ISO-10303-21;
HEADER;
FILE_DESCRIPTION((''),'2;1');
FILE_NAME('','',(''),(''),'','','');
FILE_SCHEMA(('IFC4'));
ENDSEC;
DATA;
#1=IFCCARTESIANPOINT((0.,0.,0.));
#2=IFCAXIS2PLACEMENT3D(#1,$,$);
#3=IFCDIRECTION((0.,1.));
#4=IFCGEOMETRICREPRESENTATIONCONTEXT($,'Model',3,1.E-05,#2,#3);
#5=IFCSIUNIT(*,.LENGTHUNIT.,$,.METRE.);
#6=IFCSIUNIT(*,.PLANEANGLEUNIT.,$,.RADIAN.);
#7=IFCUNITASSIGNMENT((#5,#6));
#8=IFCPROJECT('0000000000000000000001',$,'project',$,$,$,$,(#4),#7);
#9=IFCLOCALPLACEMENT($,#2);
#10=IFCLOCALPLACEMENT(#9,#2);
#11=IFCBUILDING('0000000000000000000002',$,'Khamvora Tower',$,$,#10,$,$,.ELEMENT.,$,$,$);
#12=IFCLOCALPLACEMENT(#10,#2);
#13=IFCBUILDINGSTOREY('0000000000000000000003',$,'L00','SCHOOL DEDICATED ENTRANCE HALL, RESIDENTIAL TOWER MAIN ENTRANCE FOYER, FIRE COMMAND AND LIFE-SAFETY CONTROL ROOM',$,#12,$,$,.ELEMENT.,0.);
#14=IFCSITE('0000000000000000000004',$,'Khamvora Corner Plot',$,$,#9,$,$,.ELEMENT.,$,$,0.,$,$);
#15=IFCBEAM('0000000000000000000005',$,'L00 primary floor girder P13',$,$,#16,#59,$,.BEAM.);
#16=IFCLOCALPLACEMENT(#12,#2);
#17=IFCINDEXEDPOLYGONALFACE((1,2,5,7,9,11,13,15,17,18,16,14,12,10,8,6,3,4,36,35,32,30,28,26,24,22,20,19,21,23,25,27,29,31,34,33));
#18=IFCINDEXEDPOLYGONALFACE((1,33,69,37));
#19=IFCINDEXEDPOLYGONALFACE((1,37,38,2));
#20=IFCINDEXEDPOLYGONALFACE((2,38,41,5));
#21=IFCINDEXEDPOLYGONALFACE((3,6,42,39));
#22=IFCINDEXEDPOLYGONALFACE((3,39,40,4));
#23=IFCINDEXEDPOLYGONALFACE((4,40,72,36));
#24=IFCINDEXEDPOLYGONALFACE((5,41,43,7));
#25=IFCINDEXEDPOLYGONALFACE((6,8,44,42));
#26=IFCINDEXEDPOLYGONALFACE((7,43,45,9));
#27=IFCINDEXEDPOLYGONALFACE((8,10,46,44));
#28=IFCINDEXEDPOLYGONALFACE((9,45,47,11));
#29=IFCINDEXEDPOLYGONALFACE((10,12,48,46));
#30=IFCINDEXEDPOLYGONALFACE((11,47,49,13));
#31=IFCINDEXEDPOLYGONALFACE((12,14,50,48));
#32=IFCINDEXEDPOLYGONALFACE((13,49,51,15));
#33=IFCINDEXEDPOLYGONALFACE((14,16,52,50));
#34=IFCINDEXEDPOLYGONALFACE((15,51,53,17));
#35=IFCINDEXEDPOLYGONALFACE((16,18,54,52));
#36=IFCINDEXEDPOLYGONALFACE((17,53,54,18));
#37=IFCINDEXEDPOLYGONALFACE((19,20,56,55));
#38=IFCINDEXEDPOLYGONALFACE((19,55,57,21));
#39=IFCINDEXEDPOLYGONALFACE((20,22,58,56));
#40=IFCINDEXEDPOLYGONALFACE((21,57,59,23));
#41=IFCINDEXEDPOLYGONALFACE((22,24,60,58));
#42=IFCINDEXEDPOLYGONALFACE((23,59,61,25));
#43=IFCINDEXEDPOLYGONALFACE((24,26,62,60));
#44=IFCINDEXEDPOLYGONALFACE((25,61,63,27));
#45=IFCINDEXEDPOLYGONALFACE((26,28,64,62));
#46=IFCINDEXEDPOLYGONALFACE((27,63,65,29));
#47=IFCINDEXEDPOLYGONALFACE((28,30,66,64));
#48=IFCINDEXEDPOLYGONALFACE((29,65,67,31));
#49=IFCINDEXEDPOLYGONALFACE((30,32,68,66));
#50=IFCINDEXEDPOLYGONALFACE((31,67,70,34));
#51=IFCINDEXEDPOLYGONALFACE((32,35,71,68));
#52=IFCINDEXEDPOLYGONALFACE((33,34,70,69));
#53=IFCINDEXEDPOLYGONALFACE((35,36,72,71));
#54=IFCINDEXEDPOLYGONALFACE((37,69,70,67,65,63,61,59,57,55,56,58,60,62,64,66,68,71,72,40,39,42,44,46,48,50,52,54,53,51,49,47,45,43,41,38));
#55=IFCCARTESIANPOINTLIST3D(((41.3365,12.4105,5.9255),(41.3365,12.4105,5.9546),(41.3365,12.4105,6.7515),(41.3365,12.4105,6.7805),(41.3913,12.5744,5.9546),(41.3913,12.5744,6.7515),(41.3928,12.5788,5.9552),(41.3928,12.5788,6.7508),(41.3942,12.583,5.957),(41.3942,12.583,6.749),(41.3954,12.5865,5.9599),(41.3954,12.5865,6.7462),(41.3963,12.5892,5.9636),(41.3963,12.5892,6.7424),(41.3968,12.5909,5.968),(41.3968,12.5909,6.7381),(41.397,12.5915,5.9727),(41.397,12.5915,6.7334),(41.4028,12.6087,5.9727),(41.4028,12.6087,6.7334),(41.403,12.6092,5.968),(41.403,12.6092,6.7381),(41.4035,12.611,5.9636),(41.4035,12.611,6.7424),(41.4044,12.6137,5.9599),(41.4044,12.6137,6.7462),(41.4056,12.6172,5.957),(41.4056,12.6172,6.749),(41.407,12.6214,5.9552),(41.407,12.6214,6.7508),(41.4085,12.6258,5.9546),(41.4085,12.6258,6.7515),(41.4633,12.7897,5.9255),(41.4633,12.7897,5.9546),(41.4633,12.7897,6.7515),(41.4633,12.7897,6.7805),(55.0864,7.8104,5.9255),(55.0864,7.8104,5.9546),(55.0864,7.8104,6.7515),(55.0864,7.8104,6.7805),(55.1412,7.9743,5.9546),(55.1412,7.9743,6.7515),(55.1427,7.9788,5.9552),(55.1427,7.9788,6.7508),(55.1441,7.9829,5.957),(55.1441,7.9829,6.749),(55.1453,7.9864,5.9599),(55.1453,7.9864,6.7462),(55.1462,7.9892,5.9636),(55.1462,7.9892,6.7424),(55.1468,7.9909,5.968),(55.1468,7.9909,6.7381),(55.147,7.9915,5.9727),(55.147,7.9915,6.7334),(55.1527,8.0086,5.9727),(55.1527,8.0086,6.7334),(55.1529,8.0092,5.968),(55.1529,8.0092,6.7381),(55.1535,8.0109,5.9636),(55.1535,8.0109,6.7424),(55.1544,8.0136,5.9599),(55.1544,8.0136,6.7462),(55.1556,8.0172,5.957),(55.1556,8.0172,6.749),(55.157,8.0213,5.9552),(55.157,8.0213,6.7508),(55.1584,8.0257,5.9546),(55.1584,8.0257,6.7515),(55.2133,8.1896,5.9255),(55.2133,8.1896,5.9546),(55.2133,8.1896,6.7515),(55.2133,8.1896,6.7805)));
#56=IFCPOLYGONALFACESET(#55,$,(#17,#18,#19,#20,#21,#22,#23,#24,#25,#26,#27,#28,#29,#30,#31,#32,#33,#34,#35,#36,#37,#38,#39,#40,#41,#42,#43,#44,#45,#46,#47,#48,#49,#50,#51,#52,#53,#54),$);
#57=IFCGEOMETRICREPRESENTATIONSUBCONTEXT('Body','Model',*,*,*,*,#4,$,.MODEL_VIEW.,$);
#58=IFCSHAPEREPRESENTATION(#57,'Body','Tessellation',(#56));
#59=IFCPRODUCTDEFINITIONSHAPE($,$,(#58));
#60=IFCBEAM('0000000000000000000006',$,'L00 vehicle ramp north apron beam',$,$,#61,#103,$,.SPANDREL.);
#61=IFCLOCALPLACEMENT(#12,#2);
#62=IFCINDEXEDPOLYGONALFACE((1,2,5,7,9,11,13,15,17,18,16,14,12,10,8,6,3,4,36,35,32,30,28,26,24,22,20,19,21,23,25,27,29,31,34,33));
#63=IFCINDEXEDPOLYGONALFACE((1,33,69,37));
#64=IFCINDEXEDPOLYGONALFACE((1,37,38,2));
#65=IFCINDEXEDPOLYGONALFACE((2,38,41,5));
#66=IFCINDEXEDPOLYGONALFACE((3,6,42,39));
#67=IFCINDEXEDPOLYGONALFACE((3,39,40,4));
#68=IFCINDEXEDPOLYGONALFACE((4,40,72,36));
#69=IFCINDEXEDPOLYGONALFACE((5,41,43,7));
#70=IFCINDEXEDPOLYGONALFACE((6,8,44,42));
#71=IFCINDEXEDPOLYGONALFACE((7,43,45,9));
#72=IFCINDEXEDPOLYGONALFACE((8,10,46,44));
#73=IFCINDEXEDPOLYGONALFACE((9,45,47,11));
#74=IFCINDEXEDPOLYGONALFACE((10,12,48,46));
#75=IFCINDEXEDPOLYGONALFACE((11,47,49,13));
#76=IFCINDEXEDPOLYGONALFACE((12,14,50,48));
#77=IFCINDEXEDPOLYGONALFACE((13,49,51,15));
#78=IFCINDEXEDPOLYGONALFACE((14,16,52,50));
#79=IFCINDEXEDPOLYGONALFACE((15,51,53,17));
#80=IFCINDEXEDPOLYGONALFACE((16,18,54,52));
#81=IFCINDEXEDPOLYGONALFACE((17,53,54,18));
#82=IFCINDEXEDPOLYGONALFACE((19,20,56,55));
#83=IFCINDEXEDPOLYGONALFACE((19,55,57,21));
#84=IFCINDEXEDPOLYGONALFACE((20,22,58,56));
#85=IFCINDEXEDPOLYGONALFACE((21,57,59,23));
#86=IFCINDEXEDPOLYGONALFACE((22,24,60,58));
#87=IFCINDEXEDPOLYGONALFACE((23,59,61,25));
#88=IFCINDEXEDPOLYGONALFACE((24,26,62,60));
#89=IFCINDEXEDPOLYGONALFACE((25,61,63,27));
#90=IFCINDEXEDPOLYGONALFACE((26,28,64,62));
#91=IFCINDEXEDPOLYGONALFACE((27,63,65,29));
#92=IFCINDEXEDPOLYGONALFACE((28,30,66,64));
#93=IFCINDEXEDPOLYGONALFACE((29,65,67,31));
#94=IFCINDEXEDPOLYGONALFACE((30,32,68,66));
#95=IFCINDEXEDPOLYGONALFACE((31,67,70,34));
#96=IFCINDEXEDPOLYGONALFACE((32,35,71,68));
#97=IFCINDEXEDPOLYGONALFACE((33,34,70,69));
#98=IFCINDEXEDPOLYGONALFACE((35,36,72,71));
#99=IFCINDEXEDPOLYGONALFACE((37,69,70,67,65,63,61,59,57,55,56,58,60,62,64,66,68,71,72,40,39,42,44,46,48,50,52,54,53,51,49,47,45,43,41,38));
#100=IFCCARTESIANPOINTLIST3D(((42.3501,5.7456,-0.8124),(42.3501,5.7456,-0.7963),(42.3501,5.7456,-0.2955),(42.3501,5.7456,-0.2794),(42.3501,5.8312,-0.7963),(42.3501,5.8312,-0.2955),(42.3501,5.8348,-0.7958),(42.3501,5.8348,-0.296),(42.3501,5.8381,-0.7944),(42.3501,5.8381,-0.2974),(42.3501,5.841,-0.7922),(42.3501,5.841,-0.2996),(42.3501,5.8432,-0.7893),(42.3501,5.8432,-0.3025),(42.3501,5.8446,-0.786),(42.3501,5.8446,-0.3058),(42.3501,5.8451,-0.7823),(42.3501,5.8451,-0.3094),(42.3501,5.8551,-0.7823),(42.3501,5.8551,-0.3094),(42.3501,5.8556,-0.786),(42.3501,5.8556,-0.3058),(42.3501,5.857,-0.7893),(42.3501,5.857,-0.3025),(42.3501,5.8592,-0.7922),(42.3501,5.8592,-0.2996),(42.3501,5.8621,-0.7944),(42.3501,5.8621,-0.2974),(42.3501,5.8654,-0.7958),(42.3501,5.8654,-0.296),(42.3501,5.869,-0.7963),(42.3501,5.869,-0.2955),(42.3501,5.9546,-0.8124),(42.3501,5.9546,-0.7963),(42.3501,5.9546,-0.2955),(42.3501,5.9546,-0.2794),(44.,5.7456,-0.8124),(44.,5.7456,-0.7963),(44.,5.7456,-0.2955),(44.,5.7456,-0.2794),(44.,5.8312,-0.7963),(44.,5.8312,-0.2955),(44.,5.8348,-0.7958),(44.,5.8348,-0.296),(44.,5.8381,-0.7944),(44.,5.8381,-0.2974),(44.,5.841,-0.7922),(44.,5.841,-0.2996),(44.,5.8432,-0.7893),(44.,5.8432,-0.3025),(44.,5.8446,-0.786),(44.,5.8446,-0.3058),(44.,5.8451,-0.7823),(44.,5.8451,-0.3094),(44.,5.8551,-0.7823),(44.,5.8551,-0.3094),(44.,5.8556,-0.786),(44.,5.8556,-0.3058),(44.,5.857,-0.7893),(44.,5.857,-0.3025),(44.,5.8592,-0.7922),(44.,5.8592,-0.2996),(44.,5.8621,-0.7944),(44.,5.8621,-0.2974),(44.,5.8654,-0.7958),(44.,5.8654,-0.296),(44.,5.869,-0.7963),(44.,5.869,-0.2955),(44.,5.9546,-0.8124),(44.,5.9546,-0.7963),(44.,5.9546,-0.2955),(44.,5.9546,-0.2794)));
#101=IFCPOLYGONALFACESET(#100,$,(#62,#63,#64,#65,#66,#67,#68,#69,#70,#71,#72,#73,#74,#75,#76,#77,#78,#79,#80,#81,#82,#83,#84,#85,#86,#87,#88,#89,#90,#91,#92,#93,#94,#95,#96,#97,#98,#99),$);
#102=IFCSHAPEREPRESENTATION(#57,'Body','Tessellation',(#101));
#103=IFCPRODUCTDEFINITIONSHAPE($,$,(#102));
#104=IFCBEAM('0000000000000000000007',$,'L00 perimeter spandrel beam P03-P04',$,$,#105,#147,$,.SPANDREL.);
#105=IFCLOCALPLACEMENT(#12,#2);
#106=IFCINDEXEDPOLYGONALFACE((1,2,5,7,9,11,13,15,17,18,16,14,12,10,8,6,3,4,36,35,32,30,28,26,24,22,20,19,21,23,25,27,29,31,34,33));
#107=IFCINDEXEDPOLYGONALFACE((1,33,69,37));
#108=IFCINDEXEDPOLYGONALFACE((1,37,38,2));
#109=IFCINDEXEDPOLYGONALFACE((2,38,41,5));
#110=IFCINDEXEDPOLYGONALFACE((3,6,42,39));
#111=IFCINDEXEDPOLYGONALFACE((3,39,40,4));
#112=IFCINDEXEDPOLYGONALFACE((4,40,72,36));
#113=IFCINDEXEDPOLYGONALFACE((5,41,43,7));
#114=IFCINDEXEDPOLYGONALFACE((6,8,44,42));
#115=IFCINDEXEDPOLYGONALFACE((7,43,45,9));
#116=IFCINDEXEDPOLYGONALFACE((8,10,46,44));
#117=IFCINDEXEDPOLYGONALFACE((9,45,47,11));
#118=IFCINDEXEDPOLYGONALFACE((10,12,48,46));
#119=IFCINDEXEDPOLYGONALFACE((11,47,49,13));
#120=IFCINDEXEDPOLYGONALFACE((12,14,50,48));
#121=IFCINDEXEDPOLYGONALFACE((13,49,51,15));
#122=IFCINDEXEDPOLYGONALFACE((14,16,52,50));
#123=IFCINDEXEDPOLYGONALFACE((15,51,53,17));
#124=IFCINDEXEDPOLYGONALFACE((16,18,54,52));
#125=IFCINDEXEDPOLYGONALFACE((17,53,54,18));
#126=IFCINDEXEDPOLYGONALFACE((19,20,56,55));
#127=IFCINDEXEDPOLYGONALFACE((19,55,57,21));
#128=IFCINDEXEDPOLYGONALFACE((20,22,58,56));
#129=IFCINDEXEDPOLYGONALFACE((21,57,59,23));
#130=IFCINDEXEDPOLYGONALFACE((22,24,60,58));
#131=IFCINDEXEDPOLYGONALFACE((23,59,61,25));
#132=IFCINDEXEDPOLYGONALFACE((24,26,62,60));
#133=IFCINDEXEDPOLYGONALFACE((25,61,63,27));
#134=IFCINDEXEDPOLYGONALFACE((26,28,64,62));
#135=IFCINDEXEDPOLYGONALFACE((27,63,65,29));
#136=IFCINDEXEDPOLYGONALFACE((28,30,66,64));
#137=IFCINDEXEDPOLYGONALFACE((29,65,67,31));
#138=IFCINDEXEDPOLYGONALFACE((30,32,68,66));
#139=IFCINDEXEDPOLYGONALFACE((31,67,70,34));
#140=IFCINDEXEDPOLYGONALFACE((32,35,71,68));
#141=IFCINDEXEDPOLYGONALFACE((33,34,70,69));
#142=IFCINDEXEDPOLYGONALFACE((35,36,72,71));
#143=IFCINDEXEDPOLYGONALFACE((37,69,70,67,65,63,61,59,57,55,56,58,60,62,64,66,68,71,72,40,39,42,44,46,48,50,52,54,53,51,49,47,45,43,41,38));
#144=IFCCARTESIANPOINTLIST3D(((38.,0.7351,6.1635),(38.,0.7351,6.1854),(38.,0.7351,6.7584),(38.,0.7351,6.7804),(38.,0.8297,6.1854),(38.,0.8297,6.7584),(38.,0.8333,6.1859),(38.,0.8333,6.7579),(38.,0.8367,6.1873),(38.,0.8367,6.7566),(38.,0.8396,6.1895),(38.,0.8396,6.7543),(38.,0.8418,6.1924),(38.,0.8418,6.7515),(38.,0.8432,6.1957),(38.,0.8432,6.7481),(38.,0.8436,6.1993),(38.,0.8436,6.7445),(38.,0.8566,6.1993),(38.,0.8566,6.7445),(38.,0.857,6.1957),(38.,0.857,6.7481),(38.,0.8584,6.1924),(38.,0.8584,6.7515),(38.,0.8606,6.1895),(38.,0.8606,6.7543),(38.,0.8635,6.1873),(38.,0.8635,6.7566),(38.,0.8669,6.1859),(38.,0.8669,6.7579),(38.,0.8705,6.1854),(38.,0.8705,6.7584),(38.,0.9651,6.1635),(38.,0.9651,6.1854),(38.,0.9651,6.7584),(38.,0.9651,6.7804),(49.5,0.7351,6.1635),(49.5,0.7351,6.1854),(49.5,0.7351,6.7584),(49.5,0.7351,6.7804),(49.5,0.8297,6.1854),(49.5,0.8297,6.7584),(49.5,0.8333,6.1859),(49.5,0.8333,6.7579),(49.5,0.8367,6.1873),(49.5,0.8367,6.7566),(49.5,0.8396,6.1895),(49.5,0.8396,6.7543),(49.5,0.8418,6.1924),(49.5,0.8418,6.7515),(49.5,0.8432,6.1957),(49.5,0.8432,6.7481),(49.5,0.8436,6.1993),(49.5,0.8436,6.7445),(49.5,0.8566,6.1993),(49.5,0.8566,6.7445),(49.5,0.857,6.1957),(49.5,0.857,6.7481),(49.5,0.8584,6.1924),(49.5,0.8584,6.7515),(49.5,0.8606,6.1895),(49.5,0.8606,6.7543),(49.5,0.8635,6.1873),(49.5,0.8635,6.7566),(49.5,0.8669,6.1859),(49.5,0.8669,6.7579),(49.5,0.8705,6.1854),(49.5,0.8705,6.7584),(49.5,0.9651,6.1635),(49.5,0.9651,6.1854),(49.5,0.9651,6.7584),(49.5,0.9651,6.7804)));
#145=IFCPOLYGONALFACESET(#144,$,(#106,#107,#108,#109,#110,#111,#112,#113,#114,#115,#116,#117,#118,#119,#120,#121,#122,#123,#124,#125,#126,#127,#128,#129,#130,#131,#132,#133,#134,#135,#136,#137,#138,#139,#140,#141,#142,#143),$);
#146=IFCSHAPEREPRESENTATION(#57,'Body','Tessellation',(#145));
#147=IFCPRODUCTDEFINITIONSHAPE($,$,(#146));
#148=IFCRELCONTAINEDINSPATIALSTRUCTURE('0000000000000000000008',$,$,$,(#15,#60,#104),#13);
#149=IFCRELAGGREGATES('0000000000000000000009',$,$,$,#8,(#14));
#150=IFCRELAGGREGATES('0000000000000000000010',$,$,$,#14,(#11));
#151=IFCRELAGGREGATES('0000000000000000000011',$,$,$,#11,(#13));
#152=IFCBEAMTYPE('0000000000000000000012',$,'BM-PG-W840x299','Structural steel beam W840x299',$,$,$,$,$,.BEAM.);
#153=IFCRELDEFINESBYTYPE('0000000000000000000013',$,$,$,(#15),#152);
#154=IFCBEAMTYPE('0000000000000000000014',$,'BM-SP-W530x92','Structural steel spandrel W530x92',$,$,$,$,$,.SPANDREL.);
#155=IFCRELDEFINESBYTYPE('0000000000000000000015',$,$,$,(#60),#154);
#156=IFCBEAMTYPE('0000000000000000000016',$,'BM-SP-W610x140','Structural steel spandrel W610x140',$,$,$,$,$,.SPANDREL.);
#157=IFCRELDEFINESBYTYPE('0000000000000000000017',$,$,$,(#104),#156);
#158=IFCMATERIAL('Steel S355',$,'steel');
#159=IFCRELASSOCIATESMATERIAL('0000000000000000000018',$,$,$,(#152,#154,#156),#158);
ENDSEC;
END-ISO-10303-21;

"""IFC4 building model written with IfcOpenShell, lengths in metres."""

from ifc_helpers import new_model, si_unit, direction, frame, origin, origin_2d, place, context, subcontext, project, spatial, i_section, extrude, material, material_profile, profile_set, type_object, element, save


model = new_model("IFC4")

# Units and contexts
model_context = context("Model", 3, precision=1e-05, world=origin(), true_north=direction((0.0, 1.0)))
body_context = subcontext(model_context, "Body", "Model", "MODEL_VIEW")
ifc_project = project(units=[si_unit("LENGTHUNIT", "METRE"), si_unit("PLANEANGLEUNIT", "RADIAN")], contexts=[model_context])

# Site, building, storey
site_placement = place(None, origin())
site = spatial("IfcSite", under=ifc_project, at=site_placement, Name="Khamvora Corner Plot", CompositionType="ELEMENT", RefElevation=0.0)
building_placement = place(site_placement, origin())
building = spatial("IfcBuilding", under=site, at=building_placement, Name="Khamvora Tower", CompositionType="ELEMENT")
storey_placement = place(building_placement, origin())
storey = spatial("IfcBuildingStorey", under=building, at=storey_placement, Name="L00", Description="SCHOOL DEDICATED ENTRANCE HALL, RESIDENTIAL TOWER MAIN ENTRANCE FOYER, FIRE COMMAND AND LIFE-SAFETY CONTROL ROOM", CompositionType="ELEMENT", Elevation=0.0)

# Shared definitions
ifc_material_1 = material(Name="Steel S355", Category="steel")

# Beams
ifc_material_profile_1 = material_profile(ifc_material_1, i_section(OverallWidth=0.3999, OverallDepth=0.855, WebThickness=0.0181, FlangeThickness=0.0291, FilletRadius=0.0181, at=origin_2d()), Name="W840x299")
ifc_profile_set_1 = profile_set([ifc_material_profile_1], Name="Steel S355")
beam_type_1 = type_object("IfcBeamType", Name="BM-PG-W840x299", Description="Structural steel beam W840x299", PredefinedType="BEAM", material=ifc_profile_set_1)
beam_1_placement = place(storey_placement, frame((41.3999, 12.6001, 6.353), z_axis=(0.948336, -0.317268, 0.0), x_axis=(0.317268, 0.948336, 0.0)))
element("IfcBeam", 1, at=beam_1_placement, inside=storey, type_object=beam_type_1, Name="L00 primary floor girder P13", PredefinedType="BEAM", context=body_context, shape_type="SweptSolid", body=[
    extrude(i_section(OverallWidth=0.3999, OverallDepth=0.855, WebThickness=0.0181, FlangeThickness=0.0291, FilletRadius=0.0181, at=origin_2d()), origin(), (0.0, 0.0, 1.0), 14.499),
])
ifc_material_profile_2 = material_profile(ifc_material_1, i_section(OverallWidth=0.209, OverallDepth=0.533, WebThickness=0.01, FlangeThickness=0.0161, FilletRadius=0.0139, at=origin_2d()), Name="W530x92")
ifc_profile_set_2 = profile_set([ifc_material_profile_2], Name="Steel S355")
beam_type_2 = type_object("IfcBeamType", Name="BM-SP-W530x92", Description="Structural steel spandrel W530x92", PredefinedType="SPANDREL", material=ifc_profile_set_2)
beam_2_placement = place(storey_placement, frame((42.3501, 5.8501, -0.5459), z_axis=(1.0, 0.0, 0.0), x_axis=(0.0, 1.0, 0.0)))
element("IfcBeam", 2, at=beam_2_placement, inside=storey, type_object=beam_type_2, Name="L00 vehicle ramp north apron beam", PredefinedType="SPANDREL", context=body_context, shape_type="SweptSolid", body=[
    extrude(i_section(OverallWidth=0.209, OverallDepth=0.533, WebThickness=0.01, FlangeThickness=0.0161, FilletRadius=0.0139, at=origin_2d()), origin(), (0.0, 0.0, 1.0), 1.6499),
])
ifc_material_profile_3 = material_profile(ifc_material_1, i_section(OverallWidth=0.23, OverallDepth=0.6169, WebThickness=0.0129, FlangeThickness=0.022, FilletRadius=0.0139, at=origin_2d()), Name="W610x140")
ifc_profile_set_3 = profile_set([ifc_material_profile_3], Name="Steel S355")
beam_type_3 = type_object("IfcBeamType", Name="BM-SP-W610x140", Description="Structural steel spandrel W610x140", PredefinedType="SPANDREL", material=ifc_profile_set_3)
beam_3_placement = place(storey_placement, frame((38.0, 0.8501, 6.4719), z_axis=(1.0, 0.0, 0.0), x_axis=(0.0, 1.0, 0.0)))
element("IfcBeam", 3, at=beam_3_placement, inside=storey, type_object=beam_type_3, Name="L00 perimeter spandrel beam P03-P04", PredefinedType="SPANDREL", context=body_context, shape_type="SweptSolid", body=[
    extrude(i_section(OverallWidth=0.23, OverallDepth=0.6169, WebThickness=0.0129, FlangeThickness=0.022, FilletRadius=0.0139, at=origin_2d()), origin(), (0.0, 0.0, 1.0), 11.5),
])

save(model, "model.ifc")
